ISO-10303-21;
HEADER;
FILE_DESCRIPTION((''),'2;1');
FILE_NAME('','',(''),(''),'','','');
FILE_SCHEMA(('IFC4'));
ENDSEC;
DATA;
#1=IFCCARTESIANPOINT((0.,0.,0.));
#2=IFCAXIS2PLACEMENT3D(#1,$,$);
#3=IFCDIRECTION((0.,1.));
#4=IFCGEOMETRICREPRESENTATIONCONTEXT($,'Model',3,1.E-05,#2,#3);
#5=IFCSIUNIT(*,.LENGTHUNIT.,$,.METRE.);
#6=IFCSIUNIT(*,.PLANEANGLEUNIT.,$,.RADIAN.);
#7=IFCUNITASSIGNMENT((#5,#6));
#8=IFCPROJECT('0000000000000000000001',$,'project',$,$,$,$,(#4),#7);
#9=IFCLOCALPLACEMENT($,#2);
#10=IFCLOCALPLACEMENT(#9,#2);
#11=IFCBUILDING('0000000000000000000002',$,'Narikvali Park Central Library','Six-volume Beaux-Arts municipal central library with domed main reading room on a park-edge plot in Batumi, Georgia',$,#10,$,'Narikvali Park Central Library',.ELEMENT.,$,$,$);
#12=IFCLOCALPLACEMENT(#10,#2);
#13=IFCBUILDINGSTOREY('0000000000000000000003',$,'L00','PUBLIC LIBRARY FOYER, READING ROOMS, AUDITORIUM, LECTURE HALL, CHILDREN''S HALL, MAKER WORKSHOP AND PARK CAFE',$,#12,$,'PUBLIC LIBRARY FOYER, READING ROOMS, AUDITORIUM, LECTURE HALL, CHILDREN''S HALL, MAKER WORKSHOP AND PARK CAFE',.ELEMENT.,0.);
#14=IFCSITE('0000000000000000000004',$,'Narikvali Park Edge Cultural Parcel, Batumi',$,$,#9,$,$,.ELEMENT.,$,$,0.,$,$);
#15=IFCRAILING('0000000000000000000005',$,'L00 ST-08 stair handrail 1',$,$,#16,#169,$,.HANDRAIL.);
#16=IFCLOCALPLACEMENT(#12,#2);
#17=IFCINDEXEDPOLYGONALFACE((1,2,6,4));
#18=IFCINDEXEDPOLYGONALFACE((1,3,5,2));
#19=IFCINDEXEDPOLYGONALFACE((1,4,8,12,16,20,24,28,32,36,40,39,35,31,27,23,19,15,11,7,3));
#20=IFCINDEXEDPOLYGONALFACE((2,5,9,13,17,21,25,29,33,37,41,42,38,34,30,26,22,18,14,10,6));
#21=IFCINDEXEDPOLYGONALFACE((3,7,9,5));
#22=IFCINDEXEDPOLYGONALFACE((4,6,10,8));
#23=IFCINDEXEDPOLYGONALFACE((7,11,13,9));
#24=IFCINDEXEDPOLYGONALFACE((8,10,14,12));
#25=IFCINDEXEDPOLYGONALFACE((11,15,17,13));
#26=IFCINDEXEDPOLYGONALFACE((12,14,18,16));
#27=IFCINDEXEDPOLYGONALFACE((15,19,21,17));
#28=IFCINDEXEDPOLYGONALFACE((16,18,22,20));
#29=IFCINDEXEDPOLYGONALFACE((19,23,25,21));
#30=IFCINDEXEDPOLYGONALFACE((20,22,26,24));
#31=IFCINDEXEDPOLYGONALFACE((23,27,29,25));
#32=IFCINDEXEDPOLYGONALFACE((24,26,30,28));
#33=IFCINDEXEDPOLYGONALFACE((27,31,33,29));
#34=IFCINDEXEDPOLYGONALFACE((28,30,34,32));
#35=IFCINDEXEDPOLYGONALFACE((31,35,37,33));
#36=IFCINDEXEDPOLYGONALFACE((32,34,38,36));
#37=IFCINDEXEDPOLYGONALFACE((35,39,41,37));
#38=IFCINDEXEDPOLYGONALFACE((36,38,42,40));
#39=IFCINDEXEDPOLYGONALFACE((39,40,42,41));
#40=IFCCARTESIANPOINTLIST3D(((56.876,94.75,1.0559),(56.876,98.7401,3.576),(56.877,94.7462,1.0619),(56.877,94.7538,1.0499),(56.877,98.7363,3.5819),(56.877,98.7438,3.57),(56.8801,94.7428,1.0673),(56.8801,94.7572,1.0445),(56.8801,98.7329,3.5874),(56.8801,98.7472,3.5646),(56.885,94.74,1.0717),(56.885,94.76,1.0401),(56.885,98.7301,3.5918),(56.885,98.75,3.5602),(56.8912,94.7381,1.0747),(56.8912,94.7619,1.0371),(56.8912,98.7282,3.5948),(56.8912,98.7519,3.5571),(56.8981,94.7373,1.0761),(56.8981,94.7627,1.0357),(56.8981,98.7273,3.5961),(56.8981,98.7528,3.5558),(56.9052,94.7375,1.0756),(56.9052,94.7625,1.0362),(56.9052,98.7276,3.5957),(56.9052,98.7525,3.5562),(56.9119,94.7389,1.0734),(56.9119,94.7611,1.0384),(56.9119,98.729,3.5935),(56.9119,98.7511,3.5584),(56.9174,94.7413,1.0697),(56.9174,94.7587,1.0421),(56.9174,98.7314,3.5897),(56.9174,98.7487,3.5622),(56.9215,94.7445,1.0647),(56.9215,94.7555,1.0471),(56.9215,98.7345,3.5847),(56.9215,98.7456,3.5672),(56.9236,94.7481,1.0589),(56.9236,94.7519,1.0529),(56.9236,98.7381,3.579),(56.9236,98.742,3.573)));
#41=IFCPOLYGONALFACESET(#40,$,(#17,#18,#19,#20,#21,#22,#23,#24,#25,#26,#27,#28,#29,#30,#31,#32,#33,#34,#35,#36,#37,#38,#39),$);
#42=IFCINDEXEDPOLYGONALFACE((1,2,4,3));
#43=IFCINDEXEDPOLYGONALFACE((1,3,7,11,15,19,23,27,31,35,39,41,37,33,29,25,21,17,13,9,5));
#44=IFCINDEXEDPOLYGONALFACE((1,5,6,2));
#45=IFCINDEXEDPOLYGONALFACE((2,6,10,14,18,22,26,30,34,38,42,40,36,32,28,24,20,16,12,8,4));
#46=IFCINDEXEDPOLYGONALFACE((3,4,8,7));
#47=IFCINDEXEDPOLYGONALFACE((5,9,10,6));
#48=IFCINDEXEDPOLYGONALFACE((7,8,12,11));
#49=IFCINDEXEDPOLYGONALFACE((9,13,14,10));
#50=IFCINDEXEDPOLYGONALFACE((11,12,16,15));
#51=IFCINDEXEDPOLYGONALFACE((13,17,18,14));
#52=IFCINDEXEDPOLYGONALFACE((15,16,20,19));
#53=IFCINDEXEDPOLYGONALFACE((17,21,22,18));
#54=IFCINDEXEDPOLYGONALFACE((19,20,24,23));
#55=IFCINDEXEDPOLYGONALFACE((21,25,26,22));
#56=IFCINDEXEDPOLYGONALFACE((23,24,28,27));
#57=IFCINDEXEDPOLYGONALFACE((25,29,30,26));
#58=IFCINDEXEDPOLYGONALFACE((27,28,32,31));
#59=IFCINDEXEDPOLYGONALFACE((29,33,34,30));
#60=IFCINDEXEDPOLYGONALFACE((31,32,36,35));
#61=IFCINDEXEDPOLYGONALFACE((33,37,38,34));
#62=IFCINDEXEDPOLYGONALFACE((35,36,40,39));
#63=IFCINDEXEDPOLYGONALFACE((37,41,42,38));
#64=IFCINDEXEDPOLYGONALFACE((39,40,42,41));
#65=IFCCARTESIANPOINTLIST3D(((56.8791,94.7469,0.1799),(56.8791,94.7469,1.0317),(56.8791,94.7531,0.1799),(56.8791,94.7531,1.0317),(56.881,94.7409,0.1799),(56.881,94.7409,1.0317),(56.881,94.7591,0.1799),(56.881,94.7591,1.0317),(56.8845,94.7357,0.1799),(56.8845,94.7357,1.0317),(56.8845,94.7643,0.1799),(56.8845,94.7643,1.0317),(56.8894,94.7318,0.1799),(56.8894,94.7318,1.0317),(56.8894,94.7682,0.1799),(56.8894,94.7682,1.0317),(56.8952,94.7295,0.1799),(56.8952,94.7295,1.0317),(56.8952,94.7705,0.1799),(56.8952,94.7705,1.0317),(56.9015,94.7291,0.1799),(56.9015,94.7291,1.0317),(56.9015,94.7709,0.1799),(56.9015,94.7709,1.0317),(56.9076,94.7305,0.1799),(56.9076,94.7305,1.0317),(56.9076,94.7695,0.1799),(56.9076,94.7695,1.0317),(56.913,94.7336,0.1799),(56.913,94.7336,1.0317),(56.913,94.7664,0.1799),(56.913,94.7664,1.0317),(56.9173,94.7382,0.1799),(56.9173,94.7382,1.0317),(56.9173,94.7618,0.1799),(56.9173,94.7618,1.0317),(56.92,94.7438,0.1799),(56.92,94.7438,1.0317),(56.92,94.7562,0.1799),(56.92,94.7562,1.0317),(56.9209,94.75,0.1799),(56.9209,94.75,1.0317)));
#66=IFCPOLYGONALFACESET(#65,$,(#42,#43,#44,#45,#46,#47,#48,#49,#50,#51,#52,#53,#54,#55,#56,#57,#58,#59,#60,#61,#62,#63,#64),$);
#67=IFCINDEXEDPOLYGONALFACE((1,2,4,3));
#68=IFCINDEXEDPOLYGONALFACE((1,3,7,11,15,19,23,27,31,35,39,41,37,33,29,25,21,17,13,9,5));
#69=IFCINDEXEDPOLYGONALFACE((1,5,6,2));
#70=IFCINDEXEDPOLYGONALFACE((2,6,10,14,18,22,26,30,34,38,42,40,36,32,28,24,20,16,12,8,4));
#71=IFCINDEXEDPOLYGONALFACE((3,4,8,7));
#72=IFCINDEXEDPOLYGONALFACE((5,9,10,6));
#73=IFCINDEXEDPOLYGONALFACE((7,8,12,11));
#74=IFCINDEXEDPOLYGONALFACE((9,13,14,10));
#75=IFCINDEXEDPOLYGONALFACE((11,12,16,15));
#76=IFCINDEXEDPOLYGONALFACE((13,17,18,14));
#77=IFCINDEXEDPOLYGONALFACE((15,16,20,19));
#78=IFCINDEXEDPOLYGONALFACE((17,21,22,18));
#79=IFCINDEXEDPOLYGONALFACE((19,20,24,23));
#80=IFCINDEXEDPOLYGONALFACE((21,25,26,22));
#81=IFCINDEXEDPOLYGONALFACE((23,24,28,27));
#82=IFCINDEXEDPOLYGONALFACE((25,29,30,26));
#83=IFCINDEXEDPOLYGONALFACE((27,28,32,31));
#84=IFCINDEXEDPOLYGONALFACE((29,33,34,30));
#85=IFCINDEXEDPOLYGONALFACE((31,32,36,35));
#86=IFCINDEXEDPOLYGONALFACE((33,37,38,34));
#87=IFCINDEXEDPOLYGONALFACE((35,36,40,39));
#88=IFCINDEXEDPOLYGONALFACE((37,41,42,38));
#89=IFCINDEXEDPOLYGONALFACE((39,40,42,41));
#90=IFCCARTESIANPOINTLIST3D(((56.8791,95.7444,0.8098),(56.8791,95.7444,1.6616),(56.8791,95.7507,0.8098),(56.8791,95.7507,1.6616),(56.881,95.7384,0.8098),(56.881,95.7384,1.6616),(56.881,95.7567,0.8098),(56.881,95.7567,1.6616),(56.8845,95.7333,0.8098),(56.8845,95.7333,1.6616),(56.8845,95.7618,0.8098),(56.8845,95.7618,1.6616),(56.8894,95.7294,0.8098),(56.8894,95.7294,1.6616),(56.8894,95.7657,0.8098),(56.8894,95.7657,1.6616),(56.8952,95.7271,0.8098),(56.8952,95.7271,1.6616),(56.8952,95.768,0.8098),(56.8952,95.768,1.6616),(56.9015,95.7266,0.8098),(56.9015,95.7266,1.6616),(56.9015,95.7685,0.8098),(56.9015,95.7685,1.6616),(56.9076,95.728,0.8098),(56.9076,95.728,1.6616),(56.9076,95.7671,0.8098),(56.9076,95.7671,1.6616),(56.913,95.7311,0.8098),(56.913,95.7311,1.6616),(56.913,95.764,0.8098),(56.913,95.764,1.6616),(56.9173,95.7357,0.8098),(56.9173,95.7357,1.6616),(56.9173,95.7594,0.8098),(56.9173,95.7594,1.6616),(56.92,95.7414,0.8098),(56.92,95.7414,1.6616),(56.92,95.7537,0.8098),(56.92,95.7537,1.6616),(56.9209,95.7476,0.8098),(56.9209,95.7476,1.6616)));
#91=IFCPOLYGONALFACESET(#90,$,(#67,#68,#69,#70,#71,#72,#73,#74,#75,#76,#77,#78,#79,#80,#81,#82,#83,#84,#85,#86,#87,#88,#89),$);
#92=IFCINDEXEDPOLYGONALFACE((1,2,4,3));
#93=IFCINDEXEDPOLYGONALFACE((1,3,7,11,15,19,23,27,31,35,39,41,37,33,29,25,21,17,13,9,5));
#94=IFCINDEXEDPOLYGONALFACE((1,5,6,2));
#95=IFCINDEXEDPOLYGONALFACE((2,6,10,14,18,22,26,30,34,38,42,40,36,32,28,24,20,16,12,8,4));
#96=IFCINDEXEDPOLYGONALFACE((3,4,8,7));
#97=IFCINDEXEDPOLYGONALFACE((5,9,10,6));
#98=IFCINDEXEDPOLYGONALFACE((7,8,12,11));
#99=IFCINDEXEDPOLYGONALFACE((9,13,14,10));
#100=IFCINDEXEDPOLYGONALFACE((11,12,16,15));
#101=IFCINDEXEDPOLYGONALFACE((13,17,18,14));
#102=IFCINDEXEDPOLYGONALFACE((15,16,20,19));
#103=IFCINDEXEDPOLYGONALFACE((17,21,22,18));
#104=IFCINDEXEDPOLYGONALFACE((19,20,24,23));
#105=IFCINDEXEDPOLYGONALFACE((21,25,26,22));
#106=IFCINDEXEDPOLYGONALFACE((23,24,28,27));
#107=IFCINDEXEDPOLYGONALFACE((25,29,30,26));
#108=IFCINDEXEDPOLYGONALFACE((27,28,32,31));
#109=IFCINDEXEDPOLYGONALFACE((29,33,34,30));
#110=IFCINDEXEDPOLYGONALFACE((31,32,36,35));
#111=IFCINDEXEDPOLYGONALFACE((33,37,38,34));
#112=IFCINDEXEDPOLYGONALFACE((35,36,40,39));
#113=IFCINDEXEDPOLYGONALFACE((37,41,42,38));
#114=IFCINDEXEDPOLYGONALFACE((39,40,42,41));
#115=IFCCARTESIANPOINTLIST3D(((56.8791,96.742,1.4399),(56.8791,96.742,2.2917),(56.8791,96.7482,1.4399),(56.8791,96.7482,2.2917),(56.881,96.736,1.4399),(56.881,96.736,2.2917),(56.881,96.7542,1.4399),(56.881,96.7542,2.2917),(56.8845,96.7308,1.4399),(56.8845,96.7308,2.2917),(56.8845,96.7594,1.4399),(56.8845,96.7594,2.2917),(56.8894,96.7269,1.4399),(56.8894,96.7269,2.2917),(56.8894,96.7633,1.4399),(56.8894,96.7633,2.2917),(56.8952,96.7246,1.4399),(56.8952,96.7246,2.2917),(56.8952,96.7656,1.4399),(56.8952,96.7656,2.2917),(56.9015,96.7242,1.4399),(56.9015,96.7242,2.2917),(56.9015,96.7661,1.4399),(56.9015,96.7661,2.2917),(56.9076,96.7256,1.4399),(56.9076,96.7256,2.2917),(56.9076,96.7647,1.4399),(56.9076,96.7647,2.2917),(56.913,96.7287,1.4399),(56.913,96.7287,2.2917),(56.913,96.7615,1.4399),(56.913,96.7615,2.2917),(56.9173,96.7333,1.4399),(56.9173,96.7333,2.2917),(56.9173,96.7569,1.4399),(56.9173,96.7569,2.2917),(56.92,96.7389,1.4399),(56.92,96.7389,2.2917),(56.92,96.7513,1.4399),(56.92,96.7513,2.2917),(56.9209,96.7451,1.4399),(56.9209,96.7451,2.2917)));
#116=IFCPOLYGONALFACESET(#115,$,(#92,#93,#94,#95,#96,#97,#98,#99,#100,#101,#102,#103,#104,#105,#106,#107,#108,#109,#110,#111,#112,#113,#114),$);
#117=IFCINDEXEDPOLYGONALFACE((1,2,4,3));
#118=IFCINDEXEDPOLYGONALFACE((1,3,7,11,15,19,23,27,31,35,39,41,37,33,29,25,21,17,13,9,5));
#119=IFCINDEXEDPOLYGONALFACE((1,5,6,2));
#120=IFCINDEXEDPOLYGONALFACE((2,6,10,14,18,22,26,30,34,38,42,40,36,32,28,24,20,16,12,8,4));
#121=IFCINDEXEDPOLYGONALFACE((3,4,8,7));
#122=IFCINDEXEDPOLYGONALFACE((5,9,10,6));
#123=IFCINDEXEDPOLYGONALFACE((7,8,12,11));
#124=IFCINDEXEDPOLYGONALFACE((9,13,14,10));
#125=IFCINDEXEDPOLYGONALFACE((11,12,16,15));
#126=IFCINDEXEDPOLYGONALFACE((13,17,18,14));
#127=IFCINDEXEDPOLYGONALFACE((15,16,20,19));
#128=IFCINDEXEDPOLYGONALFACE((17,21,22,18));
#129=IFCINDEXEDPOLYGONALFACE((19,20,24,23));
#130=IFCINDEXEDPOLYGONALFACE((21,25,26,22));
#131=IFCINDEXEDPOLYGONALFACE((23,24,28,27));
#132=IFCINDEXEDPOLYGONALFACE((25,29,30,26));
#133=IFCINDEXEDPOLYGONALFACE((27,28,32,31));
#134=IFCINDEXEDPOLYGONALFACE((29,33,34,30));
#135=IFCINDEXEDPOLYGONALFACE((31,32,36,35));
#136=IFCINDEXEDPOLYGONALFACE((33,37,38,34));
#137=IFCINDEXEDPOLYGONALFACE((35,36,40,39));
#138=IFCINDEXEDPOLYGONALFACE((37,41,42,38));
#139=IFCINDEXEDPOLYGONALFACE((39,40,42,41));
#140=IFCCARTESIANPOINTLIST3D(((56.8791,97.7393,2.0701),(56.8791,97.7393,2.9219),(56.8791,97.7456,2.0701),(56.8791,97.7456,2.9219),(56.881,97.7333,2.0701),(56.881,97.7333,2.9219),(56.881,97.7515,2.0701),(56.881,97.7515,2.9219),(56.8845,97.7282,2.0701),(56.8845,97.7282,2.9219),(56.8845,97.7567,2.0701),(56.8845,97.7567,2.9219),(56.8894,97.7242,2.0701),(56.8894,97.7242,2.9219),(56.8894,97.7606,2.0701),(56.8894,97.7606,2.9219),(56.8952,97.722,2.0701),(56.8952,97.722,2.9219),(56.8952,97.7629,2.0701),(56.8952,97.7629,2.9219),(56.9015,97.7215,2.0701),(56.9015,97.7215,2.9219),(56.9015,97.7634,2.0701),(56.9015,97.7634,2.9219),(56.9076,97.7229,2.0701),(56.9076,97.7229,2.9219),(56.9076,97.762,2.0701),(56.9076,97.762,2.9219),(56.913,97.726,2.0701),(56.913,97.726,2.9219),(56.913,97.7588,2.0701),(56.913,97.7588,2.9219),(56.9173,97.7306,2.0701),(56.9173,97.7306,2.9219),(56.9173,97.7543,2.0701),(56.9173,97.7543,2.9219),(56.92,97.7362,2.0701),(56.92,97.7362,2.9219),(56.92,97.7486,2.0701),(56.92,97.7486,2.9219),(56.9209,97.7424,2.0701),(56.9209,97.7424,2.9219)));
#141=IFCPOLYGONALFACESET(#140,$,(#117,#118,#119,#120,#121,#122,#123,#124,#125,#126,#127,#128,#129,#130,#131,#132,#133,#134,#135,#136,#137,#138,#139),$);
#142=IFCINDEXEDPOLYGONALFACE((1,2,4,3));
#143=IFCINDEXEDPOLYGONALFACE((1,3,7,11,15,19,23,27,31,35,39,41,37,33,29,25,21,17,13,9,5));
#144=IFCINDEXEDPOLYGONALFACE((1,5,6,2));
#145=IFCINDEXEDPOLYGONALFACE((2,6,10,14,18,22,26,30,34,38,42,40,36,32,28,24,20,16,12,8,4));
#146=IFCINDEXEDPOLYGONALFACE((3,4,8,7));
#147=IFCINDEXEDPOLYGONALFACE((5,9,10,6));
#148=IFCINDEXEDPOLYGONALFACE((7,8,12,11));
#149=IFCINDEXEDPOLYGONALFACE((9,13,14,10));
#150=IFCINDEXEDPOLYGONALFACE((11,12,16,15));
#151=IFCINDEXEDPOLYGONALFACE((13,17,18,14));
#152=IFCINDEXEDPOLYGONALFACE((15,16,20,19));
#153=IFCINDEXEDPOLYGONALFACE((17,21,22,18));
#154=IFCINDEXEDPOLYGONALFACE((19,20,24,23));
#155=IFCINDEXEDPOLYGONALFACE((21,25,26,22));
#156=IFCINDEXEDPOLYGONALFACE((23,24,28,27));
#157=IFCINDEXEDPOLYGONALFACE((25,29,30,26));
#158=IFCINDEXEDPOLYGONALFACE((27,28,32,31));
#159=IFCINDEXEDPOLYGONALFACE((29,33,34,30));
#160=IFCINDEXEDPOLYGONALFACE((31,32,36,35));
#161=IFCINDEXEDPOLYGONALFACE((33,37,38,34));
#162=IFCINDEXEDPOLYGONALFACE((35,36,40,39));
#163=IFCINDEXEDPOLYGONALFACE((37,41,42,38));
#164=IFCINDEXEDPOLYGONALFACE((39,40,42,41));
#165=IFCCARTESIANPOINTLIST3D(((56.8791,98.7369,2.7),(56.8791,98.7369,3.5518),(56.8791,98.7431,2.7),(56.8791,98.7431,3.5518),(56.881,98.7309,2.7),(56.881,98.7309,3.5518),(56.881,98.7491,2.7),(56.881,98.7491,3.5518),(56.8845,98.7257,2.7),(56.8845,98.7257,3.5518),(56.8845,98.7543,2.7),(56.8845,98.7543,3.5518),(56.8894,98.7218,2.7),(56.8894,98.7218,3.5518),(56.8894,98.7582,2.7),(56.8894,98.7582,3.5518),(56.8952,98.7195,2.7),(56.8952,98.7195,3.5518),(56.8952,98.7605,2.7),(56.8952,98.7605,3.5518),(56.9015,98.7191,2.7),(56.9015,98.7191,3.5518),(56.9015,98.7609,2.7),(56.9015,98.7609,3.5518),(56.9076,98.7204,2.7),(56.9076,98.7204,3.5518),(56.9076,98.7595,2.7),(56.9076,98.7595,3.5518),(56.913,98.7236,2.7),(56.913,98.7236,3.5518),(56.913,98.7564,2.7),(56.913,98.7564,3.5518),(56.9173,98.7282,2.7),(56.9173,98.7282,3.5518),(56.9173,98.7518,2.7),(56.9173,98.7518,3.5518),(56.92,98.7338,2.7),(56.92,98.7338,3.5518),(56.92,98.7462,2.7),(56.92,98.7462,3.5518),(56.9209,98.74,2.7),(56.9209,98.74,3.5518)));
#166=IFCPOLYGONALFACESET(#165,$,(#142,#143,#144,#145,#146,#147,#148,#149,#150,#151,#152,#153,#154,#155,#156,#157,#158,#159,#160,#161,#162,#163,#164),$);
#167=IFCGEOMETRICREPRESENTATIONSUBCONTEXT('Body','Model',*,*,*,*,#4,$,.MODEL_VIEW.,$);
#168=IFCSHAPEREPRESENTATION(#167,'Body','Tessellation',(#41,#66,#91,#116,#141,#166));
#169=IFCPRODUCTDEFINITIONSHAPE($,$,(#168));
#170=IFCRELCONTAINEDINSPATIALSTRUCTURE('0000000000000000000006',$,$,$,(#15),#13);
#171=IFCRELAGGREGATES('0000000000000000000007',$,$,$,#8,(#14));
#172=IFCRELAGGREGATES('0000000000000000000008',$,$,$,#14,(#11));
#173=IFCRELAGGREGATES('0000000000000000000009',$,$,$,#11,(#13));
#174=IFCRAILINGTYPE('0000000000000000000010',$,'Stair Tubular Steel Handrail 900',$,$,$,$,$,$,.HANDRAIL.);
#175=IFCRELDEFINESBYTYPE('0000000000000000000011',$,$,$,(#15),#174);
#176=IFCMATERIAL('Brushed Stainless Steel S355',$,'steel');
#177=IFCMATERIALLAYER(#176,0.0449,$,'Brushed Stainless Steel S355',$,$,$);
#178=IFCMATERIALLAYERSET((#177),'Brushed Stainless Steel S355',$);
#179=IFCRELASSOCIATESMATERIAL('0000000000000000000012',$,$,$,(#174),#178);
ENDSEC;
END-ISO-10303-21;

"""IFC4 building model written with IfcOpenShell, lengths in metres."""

from ifc_helpers import new_model, si_unit, direction, frame, origin, origin_2d, place, context, subcontext, project, spatial, circle, extrude, material, layer, layer_set, type_object, element, save


model = new_model("IFC4")

# Units and contexts
model_context = context("Model", 3, precision=1e-05, world=origin(), true_north=direction((0.0, 1.0)))
body_context = subcontext(model_context, "Body", "Model", "MODEL_VIEW")
ifc_project = project(units=[si_unit("LENGTHUNIT", "METRE"), si_unit("PLANEANGLEUNIT", "RADIAN")], contexts=[model_context])

# Site, building, storey
site_placement = place(None, origin())
site = spatial("IfcSite", under=ifc_project, at=site_placement, Name="Narikvali Park Edge Cultural Parcel, Batumi", CompositionType="ELEMENT", RefElevation=0.0)
building_placement = place(site_placement, origin())
building = spatial("IfcBuilding", under=site, at=building_placement, Name="Narikvali Park Central Library", Description="Six-volume Beaux-Arts municipal central library with domed main reading room on a park-edge plot in Batumi, Georgia", LongName="Narikvali Park Central Library", CompositionType="ELEMENT")
storey_placement = place(building_placement, origin())
storey = spatial("IfcBuildingStorey", under=building, at=storey_placement, Name="L00", Description="PUBLIC LIBRARY FOYER, READING ROOMS, AUDITORIUM, LECTURE HALL, CHILDREN'S HALL, MAKER WORKSHOP AND PARK CAFE", LongName="PUBLIC LIBRARY FOYER, READING ROOMS, AUDITORIUM, LECTURE HALL, CHILDREN'S HALL, MAKER WORKSHOP AND PARK CAFE", CompositionType="ELEMENT", Elevation=0.0)

# Shared definitions
ifc_material_1 = material(Name="Brushed Stainless Steel S355", Category="steel")

# Railing
ifc_layer_1 = layer(ifc_material_1, 0.0449, Name="Brushed Stainless Steel S355")
ifc_layer_set_1 = layer_set([ifc_layer_1], Name="Brushed Stainless Steel S355")
railing_type_1 = type_object("IfcRailingType", Name="Stair Tubular Steel Handrail 900", PredefinedType="HANDRAIL", material=ifc_layer_set_1)
railing_1_placement = place(storey_placement, frame((56.8999, 94.75, 0.1799)))
element("IfcRailing", 1, at=railing_1_placement, inside=storey, type_object=railing_type_1, Name="L00 ST-08 stair handrail 1", PredefinedType="HANDRAIL", context=body_context, shape_type="SweptSolid", body=[
    extrude(circle(Radius=0.0239, at=origin_2d()), frame((0.0, 0.0, 0.876), z_axis=(0.0, 0.845486, 0.533997), x_axis=(-1.0, 0.0, 0.0)), (0.0, 0.0, 1.0), 4.7192),
    extrude(circle(Radius=0.021, at=origin_2d()), origin(), (0.0, 0.0, 1.0), 0.8518),
    extrude(circle(Radius=0.021, at=origin_2d()), frame((0.0, 0.9976, 0.6299)), (0.0, 0.0, 1.0), 0.8518),
    extrude(circle(Radius=0.021, at=origin_2d()), frame((0.0, 1.9951, 1.26)), (0.0, 0.0, 1.0), 0.8518),
    extrude(circle(Radius=0.021, at=origin_2d()), frame((0.0, 2.9924, 1.8901)), (0.0, 0.0, 1.0), 0.8518),
    extrude(circle(Radius=0.021, at=origin_2d()), frame((0.0, 3.99, 2.52)), (0.0, 0.0, 1.0), 0.8518),
])

save(model, "model.ifc")
